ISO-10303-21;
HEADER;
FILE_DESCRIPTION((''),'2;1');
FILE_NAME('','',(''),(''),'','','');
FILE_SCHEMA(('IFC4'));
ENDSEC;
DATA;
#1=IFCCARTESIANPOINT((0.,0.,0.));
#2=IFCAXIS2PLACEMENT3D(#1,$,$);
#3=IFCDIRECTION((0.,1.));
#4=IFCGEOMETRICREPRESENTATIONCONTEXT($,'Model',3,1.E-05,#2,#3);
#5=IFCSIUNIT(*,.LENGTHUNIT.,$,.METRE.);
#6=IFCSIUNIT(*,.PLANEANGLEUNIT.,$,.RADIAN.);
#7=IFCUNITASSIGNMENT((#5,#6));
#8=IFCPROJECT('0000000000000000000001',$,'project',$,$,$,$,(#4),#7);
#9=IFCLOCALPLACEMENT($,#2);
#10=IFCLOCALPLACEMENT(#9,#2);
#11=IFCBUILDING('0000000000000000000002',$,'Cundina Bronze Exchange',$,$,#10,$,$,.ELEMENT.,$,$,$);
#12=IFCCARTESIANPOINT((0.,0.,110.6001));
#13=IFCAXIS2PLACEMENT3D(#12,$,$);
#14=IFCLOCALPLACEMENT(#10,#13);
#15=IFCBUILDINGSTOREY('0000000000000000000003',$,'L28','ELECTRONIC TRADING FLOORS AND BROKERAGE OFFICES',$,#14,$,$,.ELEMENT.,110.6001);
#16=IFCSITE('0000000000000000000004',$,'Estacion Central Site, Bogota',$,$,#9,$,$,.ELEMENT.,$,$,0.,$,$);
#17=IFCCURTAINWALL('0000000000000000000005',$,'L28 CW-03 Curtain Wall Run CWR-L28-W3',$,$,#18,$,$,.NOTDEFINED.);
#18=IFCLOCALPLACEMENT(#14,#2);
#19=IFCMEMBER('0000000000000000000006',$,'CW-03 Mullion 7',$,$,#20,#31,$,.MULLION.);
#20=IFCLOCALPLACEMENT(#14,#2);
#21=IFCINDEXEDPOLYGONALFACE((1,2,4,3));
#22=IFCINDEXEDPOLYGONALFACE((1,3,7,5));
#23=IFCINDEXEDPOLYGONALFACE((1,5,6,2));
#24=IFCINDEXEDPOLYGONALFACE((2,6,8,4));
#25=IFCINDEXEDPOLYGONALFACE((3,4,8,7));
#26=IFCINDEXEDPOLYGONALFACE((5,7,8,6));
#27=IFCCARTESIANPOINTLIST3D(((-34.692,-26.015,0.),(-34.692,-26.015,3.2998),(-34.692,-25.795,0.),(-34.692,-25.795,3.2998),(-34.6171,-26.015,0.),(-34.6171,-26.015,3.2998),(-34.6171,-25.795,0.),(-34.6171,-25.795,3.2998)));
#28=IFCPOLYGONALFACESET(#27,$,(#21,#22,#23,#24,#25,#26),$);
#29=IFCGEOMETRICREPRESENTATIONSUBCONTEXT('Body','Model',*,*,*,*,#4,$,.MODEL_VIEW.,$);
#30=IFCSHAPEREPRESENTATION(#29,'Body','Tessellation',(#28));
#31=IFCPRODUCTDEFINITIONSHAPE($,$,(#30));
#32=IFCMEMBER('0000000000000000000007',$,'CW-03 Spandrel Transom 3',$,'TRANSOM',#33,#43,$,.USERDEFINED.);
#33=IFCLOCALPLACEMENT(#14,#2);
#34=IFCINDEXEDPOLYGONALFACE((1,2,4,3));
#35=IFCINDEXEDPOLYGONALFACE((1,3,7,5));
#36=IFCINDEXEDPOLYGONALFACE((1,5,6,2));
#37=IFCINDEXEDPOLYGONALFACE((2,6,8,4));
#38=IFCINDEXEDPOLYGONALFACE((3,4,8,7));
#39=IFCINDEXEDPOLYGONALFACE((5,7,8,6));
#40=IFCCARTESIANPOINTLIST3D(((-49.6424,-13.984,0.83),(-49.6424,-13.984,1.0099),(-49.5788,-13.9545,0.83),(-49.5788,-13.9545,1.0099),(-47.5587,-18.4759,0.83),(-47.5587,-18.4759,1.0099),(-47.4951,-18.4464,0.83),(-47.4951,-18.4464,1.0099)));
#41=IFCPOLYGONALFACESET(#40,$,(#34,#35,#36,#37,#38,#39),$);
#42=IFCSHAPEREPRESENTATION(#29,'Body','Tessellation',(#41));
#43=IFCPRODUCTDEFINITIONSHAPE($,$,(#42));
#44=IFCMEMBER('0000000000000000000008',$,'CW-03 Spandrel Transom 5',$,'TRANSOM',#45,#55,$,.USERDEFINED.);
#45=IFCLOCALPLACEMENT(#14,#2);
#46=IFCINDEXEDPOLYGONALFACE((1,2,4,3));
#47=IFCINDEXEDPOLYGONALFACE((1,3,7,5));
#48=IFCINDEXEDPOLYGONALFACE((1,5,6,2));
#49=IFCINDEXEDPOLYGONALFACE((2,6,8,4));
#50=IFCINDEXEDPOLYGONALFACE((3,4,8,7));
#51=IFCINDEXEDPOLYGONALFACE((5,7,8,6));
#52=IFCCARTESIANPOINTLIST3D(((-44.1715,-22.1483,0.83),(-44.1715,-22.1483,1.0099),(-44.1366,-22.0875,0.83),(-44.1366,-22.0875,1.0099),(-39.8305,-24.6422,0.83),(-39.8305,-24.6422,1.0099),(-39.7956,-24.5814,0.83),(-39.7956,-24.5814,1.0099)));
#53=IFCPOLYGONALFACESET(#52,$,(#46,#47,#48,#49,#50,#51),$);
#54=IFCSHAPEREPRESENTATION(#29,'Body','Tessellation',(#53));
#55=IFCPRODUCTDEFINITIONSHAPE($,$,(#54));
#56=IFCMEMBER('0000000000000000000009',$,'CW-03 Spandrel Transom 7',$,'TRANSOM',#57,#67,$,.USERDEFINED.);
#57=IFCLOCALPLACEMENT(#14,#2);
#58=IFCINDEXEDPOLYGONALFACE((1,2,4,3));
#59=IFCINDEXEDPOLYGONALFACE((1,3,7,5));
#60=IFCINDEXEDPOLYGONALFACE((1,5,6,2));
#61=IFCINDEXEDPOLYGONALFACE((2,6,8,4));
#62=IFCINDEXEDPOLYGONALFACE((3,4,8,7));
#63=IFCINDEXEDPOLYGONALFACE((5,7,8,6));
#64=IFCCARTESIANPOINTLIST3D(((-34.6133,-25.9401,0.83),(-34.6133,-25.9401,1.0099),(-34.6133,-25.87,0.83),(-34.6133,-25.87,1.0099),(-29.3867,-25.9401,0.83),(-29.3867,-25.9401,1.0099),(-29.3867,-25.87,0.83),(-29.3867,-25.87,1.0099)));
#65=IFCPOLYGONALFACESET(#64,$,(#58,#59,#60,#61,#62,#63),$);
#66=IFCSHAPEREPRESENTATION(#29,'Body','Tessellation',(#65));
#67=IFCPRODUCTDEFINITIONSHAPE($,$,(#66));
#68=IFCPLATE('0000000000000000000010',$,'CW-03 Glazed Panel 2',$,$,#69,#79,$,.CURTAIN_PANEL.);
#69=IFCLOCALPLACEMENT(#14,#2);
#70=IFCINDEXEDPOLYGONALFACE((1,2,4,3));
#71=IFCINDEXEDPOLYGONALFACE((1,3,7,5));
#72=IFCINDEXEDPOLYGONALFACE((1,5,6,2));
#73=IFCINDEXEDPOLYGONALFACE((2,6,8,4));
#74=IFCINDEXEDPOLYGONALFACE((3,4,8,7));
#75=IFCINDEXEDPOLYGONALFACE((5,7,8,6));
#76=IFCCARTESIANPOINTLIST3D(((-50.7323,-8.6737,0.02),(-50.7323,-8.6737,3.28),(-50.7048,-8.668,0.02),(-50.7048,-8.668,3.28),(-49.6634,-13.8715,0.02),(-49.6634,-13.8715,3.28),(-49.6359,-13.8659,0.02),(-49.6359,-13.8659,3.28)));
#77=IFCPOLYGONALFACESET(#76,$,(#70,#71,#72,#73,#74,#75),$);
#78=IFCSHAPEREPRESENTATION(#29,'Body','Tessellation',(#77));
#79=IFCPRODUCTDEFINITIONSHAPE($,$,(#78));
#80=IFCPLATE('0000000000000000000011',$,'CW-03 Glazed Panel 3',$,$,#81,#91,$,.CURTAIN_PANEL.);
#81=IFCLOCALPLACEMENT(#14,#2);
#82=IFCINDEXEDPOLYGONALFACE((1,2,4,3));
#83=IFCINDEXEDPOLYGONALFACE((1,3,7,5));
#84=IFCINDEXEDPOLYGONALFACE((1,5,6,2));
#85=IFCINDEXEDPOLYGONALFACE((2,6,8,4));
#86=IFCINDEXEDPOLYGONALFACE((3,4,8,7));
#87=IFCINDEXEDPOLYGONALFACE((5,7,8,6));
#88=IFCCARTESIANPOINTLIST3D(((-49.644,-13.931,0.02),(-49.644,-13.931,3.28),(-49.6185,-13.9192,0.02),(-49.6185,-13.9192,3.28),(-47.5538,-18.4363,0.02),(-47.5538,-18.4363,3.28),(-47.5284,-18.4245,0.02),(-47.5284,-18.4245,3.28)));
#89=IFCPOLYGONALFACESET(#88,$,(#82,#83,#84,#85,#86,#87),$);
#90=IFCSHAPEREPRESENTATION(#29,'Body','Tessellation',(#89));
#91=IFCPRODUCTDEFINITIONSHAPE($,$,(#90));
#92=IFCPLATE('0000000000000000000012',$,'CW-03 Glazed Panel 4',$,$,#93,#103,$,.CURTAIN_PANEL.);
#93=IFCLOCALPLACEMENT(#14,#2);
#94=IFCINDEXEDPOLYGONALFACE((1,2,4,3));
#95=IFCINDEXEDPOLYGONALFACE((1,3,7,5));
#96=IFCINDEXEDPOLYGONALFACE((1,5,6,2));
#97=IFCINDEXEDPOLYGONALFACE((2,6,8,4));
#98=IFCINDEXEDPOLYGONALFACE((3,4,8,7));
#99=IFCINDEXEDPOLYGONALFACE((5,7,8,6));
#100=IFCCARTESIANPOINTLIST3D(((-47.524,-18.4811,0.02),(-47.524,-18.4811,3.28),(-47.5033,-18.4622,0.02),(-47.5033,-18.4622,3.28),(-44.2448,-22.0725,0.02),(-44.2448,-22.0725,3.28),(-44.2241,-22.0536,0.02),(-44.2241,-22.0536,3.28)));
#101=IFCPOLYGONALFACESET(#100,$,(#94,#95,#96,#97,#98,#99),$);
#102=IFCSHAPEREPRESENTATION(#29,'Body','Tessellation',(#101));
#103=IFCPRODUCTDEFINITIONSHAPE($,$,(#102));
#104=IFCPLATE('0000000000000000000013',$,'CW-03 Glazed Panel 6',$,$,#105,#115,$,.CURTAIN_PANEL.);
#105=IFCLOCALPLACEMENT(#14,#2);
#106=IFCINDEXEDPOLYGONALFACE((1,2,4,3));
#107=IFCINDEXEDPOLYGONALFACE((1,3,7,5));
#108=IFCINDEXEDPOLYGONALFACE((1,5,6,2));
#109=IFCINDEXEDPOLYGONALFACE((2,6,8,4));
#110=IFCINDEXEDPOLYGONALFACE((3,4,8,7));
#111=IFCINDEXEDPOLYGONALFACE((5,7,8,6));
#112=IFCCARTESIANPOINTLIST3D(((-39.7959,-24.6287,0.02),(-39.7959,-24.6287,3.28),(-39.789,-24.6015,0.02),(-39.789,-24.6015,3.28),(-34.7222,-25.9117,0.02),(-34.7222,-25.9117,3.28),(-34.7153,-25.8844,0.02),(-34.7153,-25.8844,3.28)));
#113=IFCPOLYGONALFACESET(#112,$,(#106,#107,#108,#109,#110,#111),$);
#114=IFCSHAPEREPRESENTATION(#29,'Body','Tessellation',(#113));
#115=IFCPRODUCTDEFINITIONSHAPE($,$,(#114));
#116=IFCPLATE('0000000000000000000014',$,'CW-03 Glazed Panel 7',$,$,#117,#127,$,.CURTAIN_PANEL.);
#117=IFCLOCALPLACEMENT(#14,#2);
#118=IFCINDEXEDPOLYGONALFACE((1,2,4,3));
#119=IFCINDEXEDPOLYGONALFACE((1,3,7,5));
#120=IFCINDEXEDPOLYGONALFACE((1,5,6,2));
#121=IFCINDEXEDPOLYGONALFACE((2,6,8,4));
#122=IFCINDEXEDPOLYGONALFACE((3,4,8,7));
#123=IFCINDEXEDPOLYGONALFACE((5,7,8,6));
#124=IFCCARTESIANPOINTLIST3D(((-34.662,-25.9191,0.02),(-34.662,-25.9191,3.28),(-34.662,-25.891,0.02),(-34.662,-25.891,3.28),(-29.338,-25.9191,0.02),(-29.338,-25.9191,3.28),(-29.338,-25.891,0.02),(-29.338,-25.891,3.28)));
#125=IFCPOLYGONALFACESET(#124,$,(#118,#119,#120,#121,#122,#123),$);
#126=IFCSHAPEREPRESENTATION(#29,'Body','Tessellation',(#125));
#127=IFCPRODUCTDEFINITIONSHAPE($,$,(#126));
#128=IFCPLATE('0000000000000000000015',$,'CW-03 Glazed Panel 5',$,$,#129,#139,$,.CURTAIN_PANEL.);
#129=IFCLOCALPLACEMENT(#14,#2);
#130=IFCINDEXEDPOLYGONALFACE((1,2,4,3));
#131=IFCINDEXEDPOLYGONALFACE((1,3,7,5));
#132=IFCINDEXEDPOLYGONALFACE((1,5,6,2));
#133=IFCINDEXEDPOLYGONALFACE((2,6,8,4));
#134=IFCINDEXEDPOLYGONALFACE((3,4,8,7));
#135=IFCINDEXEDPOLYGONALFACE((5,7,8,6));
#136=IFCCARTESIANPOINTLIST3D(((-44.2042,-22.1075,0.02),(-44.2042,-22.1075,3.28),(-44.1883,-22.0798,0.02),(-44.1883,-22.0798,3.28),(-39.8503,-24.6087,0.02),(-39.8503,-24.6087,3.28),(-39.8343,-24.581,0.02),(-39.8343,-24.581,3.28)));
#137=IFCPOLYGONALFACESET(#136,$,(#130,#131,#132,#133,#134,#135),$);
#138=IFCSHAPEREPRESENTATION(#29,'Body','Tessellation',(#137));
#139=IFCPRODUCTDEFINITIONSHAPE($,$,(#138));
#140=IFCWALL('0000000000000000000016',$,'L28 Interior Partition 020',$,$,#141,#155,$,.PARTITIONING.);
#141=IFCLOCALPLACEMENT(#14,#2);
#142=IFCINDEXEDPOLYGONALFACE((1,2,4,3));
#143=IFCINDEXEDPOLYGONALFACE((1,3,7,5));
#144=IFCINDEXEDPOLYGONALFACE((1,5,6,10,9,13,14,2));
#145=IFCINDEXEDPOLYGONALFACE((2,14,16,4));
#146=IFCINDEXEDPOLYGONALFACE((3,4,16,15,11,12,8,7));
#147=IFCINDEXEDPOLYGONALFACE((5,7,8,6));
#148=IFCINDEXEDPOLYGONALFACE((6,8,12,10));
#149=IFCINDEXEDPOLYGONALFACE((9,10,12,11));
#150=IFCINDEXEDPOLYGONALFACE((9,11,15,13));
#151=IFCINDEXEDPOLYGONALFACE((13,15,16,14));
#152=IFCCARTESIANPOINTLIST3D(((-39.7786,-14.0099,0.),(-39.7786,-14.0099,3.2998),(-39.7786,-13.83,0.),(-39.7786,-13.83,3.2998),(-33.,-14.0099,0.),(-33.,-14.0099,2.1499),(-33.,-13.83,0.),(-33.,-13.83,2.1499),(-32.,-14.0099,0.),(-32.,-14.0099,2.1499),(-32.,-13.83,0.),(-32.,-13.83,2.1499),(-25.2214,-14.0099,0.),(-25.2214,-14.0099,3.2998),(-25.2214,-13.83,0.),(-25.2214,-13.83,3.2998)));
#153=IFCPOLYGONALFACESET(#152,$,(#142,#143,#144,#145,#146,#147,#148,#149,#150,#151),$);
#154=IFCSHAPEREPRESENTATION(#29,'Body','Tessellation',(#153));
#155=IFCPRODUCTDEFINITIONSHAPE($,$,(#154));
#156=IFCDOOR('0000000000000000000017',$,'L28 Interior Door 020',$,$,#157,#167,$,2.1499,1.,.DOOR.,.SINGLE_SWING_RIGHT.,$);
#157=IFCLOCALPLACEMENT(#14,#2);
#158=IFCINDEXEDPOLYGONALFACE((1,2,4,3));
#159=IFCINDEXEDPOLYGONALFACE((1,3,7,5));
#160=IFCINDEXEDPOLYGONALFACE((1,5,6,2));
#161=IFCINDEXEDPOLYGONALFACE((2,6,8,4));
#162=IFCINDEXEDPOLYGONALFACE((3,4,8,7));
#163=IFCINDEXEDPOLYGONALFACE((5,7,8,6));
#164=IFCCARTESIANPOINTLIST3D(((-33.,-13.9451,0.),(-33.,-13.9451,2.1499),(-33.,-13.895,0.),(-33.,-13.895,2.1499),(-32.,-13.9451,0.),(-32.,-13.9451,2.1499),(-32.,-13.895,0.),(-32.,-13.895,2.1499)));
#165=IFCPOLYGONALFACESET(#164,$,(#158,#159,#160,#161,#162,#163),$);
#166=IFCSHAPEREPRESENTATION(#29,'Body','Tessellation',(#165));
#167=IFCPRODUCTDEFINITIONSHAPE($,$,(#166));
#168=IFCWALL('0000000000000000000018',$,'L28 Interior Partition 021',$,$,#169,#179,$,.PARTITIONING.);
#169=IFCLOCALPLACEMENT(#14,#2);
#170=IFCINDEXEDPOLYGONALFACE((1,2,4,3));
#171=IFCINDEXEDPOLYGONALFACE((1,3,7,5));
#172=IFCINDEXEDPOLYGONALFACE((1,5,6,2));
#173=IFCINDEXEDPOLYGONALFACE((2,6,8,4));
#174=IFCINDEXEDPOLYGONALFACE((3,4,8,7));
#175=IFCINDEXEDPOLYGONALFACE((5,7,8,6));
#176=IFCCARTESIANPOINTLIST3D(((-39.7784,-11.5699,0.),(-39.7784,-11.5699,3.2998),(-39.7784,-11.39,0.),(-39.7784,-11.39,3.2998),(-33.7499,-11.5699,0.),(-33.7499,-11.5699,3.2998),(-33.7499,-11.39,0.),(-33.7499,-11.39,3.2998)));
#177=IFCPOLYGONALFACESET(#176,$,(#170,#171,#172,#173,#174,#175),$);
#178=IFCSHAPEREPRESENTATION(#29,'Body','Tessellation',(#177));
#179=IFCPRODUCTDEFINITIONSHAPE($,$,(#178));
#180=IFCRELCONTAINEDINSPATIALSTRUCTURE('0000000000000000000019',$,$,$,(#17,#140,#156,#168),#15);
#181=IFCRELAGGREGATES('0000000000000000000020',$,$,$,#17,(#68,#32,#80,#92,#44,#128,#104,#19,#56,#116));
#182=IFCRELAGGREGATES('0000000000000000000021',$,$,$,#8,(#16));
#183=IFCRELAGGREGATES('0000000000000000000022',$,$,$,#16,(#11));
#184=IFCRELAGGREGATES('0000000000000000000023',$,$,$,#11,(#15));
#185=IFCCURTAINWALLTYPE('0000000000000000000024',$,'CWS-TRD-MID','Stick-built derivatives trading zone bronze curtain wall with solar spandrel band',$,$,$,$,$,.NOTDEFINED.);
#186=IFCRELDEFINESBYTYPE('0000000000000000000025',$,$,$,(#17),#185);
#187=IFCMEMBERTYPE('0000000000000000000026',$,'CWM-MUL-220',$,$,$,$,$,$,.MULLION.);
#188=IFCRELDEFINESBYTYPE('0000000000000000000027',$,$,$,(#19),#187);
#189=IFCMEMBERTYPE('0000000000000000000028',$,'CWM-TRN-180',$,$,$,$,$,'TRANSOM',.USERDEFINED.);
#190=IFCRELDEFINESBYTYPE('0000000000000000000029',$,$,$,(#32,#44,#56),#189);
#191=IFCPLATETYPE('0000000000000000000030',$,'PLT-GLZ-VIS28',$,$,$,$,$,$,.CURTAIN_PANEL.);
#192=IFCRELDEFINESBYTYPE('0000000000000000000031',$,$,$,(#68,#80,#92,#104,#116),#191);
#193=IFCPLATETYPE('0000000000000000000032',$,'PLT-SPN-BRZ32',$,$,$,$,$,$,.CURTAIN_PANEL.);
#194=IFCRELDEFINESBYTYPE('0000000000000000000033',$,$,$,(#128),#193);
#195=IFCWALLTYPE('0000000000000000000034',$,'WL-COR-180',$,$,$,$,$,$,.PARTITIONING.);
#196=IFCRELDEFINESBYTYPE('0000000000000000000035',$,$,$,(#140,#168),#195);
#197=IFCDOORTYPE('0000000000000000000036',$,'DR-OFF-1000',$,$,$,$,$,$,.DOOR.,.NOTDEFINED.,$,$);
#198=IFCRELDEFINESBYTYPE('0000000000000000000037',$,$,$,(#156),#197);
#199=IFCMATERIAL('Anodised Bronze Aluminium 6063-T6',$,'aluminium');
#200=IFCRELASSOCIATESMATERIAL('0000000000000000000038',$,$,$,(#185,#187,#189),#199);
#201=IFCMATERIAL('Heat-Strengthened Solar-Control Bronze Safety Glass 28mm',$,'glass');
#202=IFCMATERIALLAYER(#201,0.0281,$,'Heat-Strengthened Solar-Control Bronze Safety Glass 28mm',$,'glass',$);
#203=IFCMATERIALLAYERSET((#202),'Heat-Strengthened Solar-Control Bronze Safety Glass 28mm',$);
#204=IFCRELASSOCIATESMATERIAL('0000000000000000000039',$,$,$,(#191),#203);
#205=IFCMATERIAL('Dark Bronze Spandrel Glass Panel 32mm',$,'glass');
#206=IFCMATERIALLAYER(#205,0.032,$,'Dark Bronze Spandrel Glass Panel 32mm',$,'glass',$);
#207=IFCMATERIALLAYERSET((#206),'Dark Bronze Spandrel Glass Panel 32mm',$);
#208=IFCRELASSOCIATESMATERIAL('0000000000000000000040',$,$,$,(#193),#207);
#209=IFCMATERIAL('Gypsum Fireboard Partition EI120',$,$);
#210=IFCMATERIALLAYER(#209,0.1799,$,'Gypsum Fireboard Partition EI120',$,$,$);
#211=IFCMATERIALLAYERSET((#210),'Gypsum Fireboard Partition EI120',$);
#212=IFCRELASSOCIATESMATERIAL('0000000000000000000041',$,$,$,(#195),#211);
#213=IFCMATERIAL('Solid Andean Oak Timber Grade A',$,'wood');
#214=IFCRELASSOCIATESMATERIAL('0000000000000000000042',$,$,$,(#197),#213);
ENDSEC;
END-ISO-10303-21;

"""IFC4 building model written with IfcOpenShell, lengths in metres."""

from ifc_helpers import new_model, si_unit, direction, frame, frame_2d, origin, origin_2d, place, context, subcontext, project, spatial, rectangle, extrude, material, layer, layer_set, material_profile, profile_set, type_object, element, fill, aggregate, save


model = new_model("IFC4")

# Units and contexts
model_context = context("Model", 3, precision=1e-05, world=origin(), true_north=direction((0.0, 1.0)))
body_context = subcontext(model_context, "Body", "Model", "MODEL_VIEW")
ifc_project = project(units=[si_unit("LENGTHUNIT", "METRE"), si_unit("PLANEANGLEUNIT", "RADIAN")], contexts=[model_context])

# Site, building, storey
site_placement = place(None, origin())
site = spatial("IfcSite", under=ifc_project, at=site_placement, Name="Estacion Central Site, Bogota", CompositionType="ELEMENT", RefElevation=0.0)
building_placement = place(site_placement, origin())
building = spatial("IfcBuilding", under=site, at=building_placement, Name="Cundina Bronze Exchange", CompositionType="ELEMENT")
storey_placement = place(building_placement, frame((0.0, 0.0, 110.6001)))
storey = spatial("IfcBuildingStorey", under=building, at=storey_placement, Name="L28", Description="ELECTRONIC TRADING FLOORS AND BROKERAGE OFFICES", CompositionType="ELEMENT", Elevation=110.6001)

# Curtain wall, members, plates
ifc_material_1 = material(Name="Anodised Bronze Aluminium 6063-T6", Category="aluminium")
curtain_wall_type = type_object("IfcCurtainWallType", Name="CWS-TRD-MID", Description="Stick-built derivatives trading zone bronze curtain wall with solar spandrel band", PredefinedType="NOTDEFINED", material=ifc_material_1)
curtain_wall_placement = place(storey_placement, origin())
curtain_wall = element("IfcCurtainWall", 1, at=curtain_wall_placement, inside=storey, type_object=curtain_wall_type, Name="L28 CW-03 Curtain Wall Run CWR-L28-W3", PredefinedType="NOTDEFINED")
ifc_material_profile_1 = material_profile(ifc_material_1, rectangle(XDim=0.075, YDim=0.22, at=origin_2d()), Name="AL75X220", Category="aluminium")
ifc_profile_set_1 = profile_set([ifc_material_profile_1], Name="Anodised Bronze Aluminium 6063-T6")
member_type_1 = type_object("IfcMemberType", Name="CWM-MUL-220", PredefinedType="MULLION", material=ifc_profile_set_1)
member_1_placement = place(storey_placement, frame((-34.6545, -25.905, 0.0), z_axis=(0.0, 0.0, 1.0), x_axis=(1.0, 0.0, 0.0)))
member_1 = element("IfcMember", 2, at=member_1_placement, type_object=member_type_1, Name="CW-03 Mullion 7", PredefinedType="MULLION", context=body_context, shape_type="SweptSolid", body=[
    extrude(rectangle(XDim=0.075, YDim=0.22, at=origin_2d()), origin(), (0.0, 0.0, 1.0), 3.2998),
])
ifc_material_profile_2 = material_profile(ifc_material_1, rectangle(XDim=0.0701, YDim=0.1799, at=origin_2d()), Name="AL70X180", Category="aluminium")
ifc_profile_set_2 = profile_set([ifc_material_profile_2], Name="Anodised Bronze Aluminium 6063-T6")
member_type_2 = type_object("IfcMemberType", Name="CWM-TRN-180", ElementType="TRANSOM", PredefinedType="USERDEFINED", material=ifc_profile_set_2)
member_2_placement = place(storey_placement, frame((-49.6106, -13.9692, 0.9199), z_axis=(0.420811, -0.907148, 0.0), x_axis=(0.907148, 0.420811, 0.0)))
member_2 = element("IfcMember", 3, at=member_2_placement, type_object=member_type_2, Name="CW-03 Spandrel Transom 3", ObjectType="TRANSOM", PredefinedType="USERDEFINED", context=body_context, shape_type="SweptSolid", body=[
    extrude(rectangle(XDim=0.0701, YDim=0.1799, at=origin_2d()), origin(), (0.0, 0.0, 1.0), 4.9517),
])
member_3_placement = place(storey_placement, frame((-44.1541, -22.1179, 0.9199), z_axis=(0.867097, -0.498139, 0.0), x_axis=(0.498139, 0.867097, 0.0)))
member_3 = element("IfcMember", 4, at=member_3_placement, type_object=member_type_2, Name="CW-03 Spandrel Transom 5", ObjectType="TRANSOM", PredefinedType="USERDEFINED", context=body_context, shape_type="SweptSolid", body=[
    extrude(rectangle(XDim=0.0701, YDim=0.1799, at=origin_2d()), origin(), (0.0, 0.0, 1.0), 5.0063),
])
member_4_placement = place(storey_placement, frame((-34.6133, -25.905, 0.9199), z_axis=(1.0, 0.0, 0.0), x_axis=(0.0, 1.0, 0.0)))
member_4 = element("IfcMember", 5, at=member_4_placement, type_object=member_type_2, Name="CW-03 Spandrel Transom 7", ObjectType="TRANSOM", PredefinedType="USERDEFINED", context=body_context, shape_type="SweptSolid", body=[
    extrude(rectangle(XDim=0.0701, YDim=0.1799, at=origin_2d()), origin(), (0.0, 0.0, 1.0), 5.2266),
])
ifc_material_2 = material(Name="Heat-Strengthened Solar-Control Bronze Safety Glass 28mm", Category="glass")
ifc_layer_1 = layer(ifc_material_2, 0.0281, Name="Heat-Strengthened Solar-Control Bronze Safety Glass 28mm", Category="glass")
ifc_layer_set_1 = layer_set([ifc_layer_1], Name="Heat-Strengthened Solar-Control Bronze Safety Glass 28mm")
plate_type_1 = type_object("IfcPlateType", Name="PLT-GLZ-VIS28", PredefinedType="CURTAIN_PANEL", material=ifc_layer_set_1)
plate_1_placement = place(storey_placement, frame((-50.1841, -11.2698, 0.02), z_axis=(0.0, 0.0, 1.0), x_axis=(0.20142, -0.979505, 0.0)))
plate_1 = element("IfcPlate", 6, at=plate_1_placement, type_object=plate_type_1, Name="CW-03 Glazed Panel 2", PredefinedType="CURTAIN_PANEL", context=body_context, shape_type="SweptSolid", body=[
    extrude(rectangle(XDim=5.3066, YDim=0.0281, at=origin_2d()), origin(), (0.0, 0.0, 1.0), 3.26),
])
plate_2_placement = place(storey_placement, frame((-48.5862, -16.1777, 0.02), z_axis=(0.0, 0.0, 1.0), x_axis=(0.420846, -0.907132, 0.0)))
plate_2 = element("IfcPlate", 7, at=plate_2_placement, type_object=plate_type_1, Name="CW-03 Glazed Panel 3", PredefinedType="CURTAIN_PANEL", context=body_context, shape_type="SweptSolid", body=[
    extrude(rectangle(XDim=4.9666, YDim=0.0281, at=origin_2d()), origin(), (0.0, 0.0, 1.0), 3.26),
])
plate_3_placement = place(storey_placement, frame((-45.874, -20.2673, 0.02), z_axis=(0.0, 0.0, 1.0), x_axis=(0.674277, -0.738479, 0.0)))
plate_3 = element("IfcPlate", 8, at=plate_3_placement, type_object=plate_type_1, Name="CW-03 Glazed Panel 4", PredefinedType="CURTAIN_PANEL", context=body_context, shape_type="SweptSolid", body=[
    extrude(rectangle(XDim=4.8633, YDim=0.0281, at=origin_2d()), origin(), (0.0, 0.0, 1.0), 3.26),
])
plate_4_placement = place(storey_placement, frame((-37.2556, -25.2566, 0.02), z_axis=(0.0, 0.0, 1.0), x_axis=(0.969488, -0.245138, 0.0)))
plate_4 = element("IfcPlate", 9, at=plate_4_placement, type_object=plate_type_1, Name="CW-03 Glazed Panel 6", PredefinedType="CURTAIN_PANEL", context=body_context, shape_type="SweptSolid", body=[
    extrude(rectangle(XDim=5.2334, YDim=0.0281, at=origin_2d()), origin(), (0.0, 0.0, 1.0), 3.26),
])
plate_5_placement = place(storey_placement, frame((-32.0, -25.905, 0.02), z_axis=(0.0, 0.0, 1.0), x_axis=(1.0, 0.0, 0.0)))
plate_5 = element("IfcPlate", 10, at=plate_5_placement, type_object=plate_type_1, Name="CW-03 Glazed Panel 7", PredefinedType="CURTAIN_PANEL", context=body_context, shape_type="SweptSolid", body=[
    extrude(rectangle(XDim=5.324, YDim=0.0281, at=origin_2d()), origin(), (0.0, 0.0, 1.0), 3.26),
])
ifc_material_3 = material(Name="Dark Bronze Spandrel Glass Panel 32mm", Category="glass")
ifc_layer_2 = layer(ifc_material_3, 0.032, Name="Dark Bronze Spandrel Glass Panel 32mm", Category="glass")
ifc_layer_set_2 = layer_set([ifc_layer_2], Name="Dark Bronze Spandrel Glass Panel 32mm")
plate_type_2 = type_object("IfcPlateType", Name="PLT-SPN-BRZ32", PredefinedType="CURTAIN_PANEL", material=ifc_layer_set_2)
plate_6_placement = place(storey_placement, frame((-42.0193, -23.3442, 0.02), z_axis=(0.0, 0.0, 1.0), x_axis=(0.867105, -0.498125, 0.0)))
plate_6 = element("IfcPlate", 11, at=plate_6_placement, type_object=plate_type_2, Name="CW-03 Glazed Panel 5", PredefinedType="CURTAIN_PANEL", context=body_context, shape_type="SweptSolid", body=[
    extrude(rectangle(XDim=5.0212, YDim=0.032, at=origin_2d()), origin(), (0.0, 0.0, 1.0), 3.26),
])
aggregate(curtain_wall, [plate_1, member_2, plate_2, plate_3, member_3, plate_6, plate_4, member_1, member_4, plate_5])

# Wall, opening, door
ifc_material_4 = material(Name="Gypsum Fireboard Partition EI120")
ifc_layer_3 = layer(ifc_material_4, 0.1799, Name="Gypsum Fireboard Partition EI120")
ifc_layer_set_3 = layer_set([ifc_layer_3], Name="Gypsum Fireboard Partition EI120")
wall_type = type_object("IfcWallType", Name="WL-COR-180", PredefinedType="PARTITIONING", material=ifc_layer_set_3)
wall_1_placement = place(storey_placement, frame((-39.7786, -13.9199, 0.0), z_axis=(0.0, 0.0, 1.0), x_axis=(1.0, 0.0, 0.0)))
wall_1 = element("IfcWall", 12, at=wall_1_placement, inside=storey, type_object=wall_type, Name="L28 Interior Partition 020", PredefinedType="PARTITIONING", context=body_context, shape_type="SweptSolid", body=[
    extrude(rectangle(XDim=14.5571, YDim=0.1799, at=frame_2d((7.2786, 0.0))), origin(), (0.0, 0.0, 1.0), 3.2998),
])
opening_placement = place(wall_1_placement, frame((6.7786, 0.0, 0.0)))
opening = element("IfcOpeningElement", 13, at=opening_placement, cuts=wall_1, PredefinedType="OPENING", context=body_context, shape_type="SweptSolid", body=[
    extrude(rectangle(XDim=1.0, YDim=2.1499, at=frame_2d((0.5, 1.075))), frame((0.0, 0.0999, 0.0), z_axis=(0.0, -1.0, 0.0), x_axis=(1.0, 0.0, 0.0)), (0.0, 0.0, 1.0), 0.2),
])
ifc_material_5 = material(Name="Solid Andean Oak Timber Grade A", Category="wood")
door_type = type_object("IfcDoorType", Name="DR-OFF-1000", OperationType="NOTDEFINED", PredefinedType="DOOR", material=ifc_material_5)
door_placement = place(opening_placement, origin())
door = element("IfcDoor", 14, at=door_placement, inside=storey, type_object=door_type, Name="L28 Interior Door 020", OperationType="SINGLE_SWING_RIGHT", OverallHeight=2.1499, OverallWidth=1.0, PredefinedType="DOOR", context=body_context, shape_type="SweptSolid", body=[
    extrude(rectangle(XDim=1.0, YDim=2.1499, at=frame_2d((0.5, 1.075))), frame((0.0, 0.0249, 0.0), z_axis=(0.0, -1.0, 0.0), x_axis=(1.0, 0.0, 0.0)), (0.0, 0.0, 1.0), 0.05),
])
fill(opening, door)

# Wall
wall_2_placement = place(storey_placement, frame((-33.75, -11.48, 0.0), z_axis=(0.0, 0.0, 1.0), x_axis=(-1.0, 0.0, 0.0)))
element("IfcWall", 15, at=wall_2_placement, inside=storey, type_object=wall_type, Name="L28 Interior Partition 021", PredefinedType="PARTITIONING", context=body_context, shape_type="SweptSolid", body=[
    extrude(rectangle(XDim=6.0286, YDim=0.1799, at=frame_2d((3.0142, 0.0))), origin(), (0.0, 0.0, 1.0), 3.2998),
])

save(model, "model.ifc")
